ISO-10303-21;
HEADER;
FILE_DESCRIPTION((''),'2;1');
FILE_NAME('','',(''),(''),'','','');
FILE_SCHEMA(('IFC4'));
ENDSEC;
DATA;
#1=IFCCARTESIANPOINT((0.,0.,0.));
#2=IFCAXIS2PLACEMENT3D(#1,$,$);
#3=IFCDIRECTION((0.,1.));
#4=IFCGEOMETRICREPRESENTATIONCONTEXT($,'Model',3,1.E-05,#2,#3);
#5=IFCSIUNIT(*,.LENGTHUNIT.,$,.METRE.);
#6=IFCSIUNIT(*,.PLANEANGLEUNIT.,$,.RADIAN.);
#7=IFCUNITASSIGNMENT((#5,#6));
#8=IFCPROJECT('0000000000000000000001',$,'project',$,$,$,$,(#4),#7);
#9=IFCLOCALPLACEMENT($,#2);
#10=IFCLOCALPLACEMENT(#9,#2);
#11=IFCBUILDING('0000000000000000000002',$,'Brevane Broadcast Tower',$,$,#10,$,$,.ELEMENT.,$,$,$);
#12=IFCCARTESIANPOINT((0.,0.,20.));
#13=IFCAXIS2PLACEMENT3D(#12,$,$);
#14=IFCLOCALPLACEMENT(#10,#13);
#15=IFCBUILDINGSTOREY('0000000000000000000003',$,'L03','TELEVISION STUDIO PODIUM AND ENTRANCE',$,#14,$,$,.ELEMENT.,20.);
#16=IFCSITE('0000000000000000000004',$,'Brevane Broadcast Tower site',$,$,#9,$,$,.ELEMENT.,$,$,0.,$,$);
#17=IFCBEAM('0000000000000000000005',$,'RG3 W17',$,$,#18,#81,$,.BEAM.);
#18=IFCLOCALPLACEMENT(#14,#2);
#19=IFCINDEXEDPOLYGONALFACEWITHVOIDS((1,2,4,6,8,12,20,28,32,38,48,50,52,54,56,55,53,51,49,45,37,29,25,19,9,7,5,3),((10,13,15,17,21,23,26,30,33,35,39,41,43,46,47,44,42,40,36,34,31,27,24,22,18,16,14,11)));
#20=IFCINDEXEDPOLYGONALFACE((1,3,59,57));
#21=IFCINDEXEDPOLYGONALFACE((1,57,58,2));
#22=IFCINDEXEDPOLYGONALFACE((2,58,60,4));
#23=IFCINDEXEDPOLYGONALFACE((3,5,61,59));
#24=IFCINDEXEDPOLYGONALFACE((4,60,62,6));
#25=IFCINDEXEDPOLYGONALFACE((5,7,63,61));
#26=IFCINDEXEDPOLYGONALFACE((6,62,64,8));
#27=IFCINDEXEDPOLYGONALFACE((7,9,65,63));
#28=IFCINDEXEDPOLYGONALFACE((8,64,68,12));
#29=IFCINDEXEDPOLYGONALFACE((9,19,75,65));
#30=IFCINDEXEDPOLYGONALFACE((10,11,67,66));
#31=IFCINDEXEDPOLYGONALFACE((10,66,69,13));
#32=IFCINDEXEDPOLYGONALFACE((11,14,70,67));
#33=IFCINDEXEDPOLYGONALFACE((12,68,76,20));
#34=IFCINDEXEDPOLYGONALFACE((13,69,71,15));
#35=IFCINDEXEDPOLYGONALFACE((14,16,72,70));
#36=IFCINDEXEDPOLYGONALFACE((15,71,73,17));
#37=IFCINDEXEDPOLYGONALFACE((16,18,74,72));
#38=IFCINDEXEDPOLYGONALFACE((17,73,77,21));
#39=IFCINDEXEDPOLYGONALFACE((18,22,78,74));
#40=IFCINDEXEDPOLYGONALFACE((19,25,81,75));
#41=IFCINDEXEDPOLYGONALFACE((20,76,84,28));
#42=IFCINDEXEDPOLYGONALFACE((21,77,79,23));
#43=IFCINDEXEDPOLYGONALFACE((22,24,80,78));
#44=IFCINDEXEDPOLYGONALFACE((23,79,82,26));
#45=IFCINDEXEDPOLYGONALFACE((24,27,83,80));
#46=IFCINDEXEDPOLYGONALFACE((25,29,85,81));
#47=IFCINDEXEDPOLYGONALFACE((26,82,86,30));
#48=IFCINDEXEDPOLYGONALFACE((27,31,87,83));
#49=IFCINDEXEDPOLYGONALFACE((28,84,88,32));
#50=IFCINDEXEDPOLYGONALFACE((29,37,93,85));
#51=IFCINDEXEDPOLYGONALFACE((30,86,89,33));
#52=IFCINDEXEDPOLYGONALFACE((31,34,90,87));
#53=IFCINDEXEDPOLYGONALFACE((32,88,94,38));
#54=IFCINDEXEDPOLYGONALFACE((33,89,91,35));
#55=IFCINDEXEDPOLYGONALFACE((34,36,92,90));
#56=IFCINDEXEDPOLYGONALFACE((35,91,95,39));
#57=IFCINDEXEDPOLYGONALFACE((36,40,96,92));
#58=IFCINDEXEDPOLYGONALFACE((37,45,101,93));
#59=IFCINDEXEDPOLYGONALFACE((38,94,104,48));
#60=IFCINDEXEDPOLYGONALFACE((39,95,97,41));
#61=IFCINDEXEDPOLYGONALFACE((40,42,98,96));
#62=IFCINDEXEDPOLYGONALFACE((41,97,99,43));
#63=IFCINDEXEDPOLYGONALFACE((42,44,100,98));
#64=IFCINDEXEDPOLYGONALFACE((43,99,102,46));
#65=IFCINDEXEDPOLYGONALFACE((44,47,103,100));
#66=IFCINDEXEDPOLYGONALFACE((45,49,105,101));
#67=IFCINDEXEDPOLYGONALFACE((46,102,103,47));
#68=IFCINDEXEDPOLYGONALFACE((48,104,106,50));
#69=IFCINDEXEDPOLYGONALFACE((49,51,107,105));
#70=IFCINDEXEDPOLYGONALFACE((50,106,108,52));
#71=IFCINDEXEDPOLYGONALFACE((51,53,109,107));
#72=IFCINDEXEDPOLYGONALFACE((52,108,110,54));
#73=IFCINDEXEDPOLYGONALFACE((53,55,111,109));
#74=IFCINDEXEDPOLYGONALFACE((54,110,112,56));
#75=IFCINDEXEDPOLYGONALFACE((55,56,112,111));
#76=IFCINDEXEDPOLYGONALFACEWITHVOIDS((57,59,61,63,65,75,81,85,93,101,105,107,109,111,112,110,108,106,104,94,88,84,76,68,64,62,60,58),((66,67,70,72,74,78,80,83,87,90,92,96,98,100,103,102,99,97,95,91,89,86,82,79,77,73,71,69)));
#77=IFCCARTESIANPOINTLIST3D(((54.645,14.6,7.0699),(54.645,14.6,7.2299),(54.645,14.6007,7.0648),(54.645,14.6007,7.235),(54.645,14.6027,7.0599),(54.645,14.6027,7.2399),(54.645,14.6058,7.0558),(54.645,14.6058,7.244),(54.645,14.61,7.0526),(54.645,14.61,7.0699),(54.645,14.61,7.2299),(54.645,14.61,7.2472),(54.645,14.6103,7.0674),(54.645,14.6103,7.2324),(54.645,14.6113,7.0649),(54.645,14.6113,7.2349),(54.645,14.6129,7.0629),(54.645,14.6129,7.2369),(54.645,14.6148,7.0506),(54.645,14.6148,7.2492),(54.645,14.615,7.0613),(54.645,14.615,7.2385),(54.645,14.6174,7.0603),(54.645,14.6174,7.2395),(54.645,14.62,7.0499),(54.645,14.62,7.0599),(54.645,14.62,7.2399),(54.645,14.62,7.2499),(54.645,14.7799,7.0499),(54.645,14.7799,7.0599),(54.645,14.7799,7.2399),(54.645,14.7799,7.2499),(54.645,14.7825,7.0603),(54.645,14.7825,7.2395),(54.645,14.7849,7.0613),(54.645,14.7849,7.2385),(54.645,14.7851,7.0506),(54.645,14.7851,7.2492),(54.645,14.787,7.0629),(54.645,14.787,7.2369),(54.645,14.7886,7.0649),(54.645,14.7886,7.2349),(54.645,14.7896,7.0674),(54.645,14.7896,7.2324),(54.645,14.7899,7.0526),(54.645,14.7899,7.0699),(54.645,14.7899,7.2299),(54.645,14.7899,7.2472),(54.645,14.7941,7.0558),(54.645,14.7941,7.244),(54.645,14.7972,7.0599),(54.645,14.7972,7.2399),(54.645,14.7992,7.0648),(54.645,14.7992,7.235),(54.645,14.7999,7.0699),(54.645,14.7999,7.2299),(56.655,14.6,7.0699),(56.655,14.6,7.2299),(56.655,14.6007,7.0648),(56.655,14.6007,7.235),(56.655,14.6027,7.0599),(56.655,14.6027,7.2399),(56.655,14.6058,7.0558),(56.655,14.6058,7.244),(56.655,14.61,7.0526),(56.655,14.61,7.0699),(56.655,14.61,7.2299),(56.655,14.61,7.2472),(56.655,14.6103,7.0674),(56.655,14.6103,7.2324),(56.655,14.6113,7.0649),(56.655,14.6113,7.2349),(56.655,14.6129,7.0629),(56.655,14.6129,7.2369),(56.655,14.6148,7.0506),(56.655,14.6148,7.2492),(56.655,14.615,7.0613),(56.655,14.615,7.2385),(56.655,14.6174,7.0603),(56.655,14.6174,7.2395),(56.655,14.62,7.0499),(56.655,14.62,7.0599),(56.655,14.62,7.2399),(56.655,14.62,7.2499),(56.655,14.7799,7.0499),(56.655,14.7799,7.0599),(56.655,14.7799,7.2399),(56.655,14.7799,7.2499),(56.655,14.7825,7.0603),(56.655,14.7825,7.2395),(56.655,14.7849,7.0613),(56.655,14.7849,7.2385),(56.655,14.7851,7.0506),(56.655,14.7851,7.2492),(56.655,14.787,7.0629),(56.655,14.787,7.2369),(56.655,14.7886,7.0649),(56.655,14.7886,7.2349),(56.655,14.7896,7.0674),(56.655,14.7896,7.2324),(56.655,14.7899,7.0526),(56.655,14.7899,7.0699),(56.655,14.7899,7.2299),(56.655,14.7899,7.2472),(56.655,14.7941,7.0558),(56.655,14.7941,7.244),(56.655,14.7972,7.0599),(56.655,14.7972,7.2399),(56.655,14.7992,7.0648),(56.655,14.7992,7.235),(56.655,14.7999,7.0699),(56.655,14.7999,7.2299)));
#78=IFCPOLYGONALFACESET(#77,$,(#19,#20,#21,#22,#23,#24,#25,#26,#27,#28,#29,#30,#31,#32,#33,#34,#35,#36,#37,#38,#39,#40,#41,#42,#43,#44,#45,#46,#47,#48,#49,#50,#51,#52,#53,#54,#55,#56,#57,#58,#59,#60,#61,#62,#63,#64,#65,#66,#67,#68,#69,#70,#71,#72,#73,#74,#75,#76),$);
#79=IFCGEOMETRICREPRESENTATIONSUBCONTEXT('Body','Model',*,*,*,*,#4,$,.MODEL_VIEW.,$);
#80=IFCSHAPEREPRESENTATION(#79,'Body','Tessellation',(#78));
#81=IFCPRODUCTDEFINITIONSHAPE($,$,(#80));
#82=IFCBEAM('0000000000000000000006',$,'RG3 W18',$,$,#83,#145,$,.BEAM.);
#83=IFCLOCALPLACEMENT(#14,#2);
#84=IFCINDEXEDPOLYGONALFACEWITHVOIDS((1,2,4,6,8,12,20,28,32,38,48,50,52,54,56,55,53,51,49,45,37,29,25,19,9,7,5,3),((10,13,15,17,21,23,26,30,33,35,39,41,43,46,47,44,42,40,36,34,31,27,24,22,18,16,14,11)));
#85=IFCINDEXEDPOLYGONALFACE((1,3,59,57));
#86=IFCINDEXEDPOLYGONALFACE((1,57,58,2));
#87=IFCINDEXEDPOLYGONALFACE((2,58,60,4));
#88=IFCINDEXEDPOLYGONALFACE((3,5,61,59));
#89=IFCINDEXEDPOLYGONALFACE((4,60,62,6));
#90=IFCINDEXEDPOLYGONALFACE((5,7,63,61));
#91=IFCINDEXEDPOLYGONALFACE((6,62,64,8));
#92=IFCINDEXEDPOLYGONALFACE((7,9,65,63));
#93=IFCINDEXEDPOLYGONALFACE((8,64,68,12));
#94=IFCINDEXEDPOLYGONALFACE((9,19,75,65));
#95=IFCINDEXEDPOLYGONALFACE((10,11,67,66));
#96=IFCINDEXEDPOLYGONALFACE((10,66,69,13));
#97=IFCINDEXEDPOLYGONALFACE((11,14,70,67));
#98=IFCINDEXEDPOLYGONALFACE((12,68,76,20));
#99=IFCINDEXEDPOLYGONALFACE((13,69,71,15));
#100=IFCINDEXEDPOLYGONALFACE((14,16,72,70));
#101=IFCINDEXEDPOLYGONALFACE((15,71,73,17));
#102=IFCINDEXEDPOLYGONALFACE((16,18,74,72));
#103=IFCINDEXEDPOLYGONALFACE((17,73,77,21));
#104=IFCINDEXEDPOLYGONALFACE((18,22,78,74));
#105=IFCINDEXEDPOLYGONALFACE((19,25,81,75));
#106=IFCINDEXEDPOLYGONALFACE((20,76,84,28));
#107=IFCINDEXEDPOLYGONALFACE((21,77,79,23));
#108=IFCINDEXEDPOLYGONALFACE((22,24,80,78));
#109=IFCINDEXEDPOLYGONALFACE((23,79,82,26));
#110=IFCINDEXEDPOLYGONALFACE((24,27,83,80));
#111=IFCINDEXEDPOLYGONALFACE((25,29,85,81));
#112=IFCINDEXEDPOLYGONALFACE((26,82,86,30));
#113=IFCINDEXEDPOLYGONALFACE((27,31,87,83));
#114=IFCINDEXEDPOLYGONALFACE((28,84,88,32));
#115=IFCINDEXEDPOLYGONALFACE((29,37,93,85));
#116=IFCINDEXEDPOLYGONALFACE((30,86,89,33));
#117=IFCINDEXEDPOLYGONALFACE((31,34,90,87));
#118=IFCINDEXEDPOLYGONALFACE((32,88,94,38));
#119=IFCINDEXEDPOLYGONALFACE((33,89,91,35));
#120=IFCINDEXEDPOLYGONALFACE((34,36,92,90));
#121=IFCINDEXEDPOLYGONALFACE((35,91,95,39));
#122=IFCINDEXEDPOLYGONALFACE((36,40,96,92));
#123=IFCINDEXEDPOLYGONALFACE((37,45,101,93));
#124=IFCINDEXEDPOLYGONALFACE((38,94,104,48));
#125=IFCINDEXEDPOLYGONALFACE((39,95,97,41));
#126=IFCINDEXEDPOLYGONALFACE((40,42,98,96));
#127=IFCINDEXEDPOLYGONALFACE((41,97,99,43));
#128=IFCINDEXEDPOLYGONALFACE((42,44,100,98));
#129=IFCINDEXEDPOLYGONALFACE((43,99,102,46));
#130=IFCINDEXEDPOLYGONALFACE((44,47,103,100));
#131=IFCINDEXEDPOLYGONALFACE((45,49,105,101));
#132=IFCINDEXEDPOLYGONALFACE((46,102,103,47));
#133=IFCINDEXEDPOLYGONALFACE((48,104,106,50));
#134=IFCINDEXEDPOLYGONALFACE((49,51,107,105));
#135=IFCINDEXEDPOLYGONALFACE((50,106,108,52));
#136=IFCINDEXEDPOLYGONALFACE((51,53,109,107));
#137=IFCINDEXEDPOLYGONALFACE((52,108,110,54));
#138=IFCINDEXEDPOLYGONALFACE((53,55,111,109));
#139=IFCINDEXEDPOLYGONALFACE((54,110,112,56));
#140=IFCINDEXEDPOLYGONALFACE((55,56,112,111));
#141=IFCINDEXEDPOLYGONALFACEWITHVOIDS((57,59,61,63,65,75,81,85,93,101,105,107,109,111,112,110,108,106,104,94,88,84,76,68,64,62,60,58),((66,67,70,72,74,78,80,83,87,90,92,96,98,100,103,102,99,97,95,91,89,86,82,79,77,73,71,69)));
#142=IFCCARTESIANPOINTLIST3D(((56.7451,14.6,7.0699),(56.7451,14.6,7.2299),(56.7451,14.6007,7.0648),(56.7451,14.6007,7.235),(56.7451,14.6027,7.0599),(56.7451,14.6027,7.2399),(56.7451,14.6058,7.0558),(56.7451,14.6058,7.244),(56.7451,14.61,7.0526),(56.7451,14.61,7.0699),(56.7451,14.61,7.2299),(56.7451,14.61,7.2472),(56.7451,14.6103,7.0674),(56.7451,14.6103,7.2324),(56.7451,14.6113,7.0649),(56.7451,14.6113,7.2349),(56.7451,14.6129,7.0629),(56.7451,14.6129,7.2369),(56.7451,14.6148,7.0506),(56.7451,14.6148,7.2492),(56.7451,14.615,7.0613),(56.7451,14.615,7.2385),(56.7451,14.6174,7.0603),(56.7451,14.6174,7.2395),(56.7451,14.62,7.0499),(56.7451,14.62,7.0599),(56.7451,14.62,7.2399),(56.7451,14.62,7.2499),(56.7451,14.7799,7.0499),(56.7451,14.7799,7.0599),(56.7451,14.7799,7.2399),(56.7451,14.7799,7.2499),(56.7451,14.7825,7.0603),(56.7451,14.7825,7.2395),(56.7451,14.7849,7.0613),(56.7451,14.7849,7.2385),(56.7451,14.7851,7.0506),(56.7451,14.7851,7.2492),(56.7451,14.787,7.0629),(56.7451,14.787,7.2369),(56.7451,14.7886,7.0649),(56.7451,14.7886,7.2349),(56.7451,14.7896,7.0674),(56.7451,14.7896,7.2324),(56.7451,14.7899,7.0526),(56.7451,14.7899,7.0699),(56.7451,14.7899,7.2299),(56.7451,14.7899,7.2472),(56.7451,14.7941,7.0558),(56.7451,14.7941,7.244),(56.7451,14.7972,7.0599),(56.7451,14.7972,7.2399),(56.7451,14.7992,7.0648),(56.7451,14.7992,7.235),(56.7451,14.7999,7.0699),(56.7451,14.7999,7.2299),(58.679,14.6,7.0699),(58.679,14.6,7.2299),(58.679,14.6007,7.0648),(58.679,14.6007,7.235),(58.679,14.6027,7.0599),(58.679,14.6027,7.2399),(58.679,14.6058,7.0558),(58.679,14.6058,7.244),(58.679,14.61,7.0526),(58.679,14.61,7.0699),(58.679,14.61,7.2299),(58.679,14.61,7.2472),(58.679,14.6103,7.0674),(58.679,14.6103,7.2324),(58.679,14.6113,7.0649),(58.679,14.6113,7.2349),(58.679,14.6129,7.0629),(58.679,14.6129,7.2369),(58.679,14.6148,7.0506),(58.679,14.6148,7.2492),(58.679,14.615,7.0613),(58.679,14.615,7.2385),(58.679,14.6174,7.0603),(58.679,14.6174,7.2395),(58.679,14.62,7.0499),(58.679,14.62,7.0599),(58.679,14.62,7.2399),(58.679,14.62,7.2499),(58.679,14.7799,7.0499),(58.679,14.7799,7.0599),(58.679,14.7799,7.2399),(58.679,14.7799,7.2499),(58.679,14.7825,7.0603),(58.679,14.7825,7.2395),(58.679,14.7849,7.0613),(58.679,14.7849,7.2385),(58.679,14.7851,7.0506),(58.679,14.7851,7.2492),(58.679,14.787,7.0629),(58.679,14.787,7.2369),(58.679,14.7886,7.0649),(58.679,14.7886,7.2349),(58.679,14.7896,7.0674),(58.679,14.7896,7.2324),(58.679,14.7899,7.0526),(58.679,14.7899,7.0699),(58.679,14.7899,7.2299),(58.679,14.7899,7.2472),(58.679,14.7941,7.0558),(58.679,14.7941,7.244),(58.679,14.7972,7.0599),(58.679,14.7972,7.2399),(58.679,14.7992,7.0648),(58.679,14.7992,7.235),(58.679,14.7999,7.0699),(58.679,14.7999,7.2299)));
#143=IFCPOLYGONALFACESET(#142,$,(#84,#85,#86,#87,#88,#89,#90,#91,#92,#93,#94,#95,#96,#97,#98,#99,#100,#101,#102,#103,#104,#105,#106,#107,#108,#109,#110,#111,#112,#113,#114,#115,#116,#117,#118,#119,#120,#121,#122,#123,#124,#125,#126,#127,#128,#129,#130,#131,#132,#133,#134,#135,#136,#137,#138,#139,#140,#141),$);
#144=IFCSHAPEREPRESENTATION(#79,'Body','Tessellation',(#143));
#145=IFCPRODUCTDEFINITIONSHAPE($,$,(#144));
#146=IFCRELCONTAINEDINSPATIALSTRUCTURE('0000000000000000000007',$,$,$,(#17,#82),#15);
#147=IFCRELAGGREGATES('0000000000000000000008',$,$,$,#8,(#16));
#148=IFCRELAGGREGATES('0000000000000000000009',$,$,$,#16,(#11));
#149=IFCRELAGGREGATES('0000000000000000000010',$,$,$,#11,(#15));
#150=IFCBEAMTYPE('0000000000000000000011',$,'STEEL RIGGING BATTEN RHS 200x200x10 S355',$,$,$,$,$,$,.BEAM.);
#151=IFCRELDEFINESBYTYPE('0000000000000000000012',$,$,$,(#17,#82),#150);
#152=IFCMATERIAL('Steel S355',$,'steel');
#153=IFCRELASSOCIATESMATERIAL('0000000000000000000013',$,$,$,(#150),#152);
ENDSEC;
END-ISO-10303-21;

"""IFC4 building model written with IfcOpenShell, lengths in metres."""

from ifc_helpers import new_model, si_unit, direction, frame, origin, origin_2d, place, context, subcontext, project, spatial, hollow_rectangle, extrude, material, material_profile, profile_set, type_object, element, save


model = new_model("IFC4")

# Units and contexts
model_context = context("Model", 3, precision=1e-05, world=origin(), true_north=direction((0.0, 1.0)))
body_context = subcontext(model_context, "Body", "Model", "MODEL_VIEW")
ifc_project = project(units=[si_unit("LENGTHUNIT", "METRE"), si_unit("PLANEANGLEUNIT", "RADIAN")], contexts=[model_context])

# Site, building, storey
site_placement = place(None, origin())
site = spatial("IfcSite", under=ifc_project, at=site_placement, Name="Brevane Broadcast Tower site", CompositionType="ELEMENT", RefElevation=0.0)
building_placement = place(site_placement, origin())
building = spatial("IfcBuilding", under=site, at=building_placement, Name="Brevane Broadcast Tower", CompositionType="ELEMENT")
storey_placement = place(building_placement, frame((0.0, 0.0, 20.0)))
storey = spatial("IfcBuildingStorey", under=building, at=storey_placement, Name="L03", Description="TELEVISION STUDIO PODIUM AND ENTRANCE", CompositionType="ELEMENT", Elevation=20.0)

# Beams
ifc_material_1 = material(Name="Steel S355", Category="steel")
ifc_material_profile_1 = material_profile(ifc_material_1, hollow_rectangle(XDim=0.2, YDim=0.2, WallThickness=0.01, InnerFilletRadius=0.01, OuterFilletRadius=0.02, at=origin_2d()), Name="RHS 200x200x10")
ifc_profile_set_1 = profile_set([ifc_material_profile_1], Name="Steel S355")
beam_type_1 = type_object("IfcBeamType", Name="STEEL RIGGING BATTEN RHS 200x200x10 S355", PredefinedType="BEAM", material=ifc_profile_set_1)
beam_1_placement = place(storey_placement, frame((54.645, 14.7, 7.1499), z_axis=(1.0, 0.0, 0.0), x_axis=(0.0, 1.0, 0.0)))
element("IfcBeam", 1, at=beam_1_placement, inside=storey, type_object=beam_type_1, Name="RG3 W17", PredefinedType="BEAM", context=body_context, shape_type="SweptSolid", body=[
    extrude(hollow_rectangle(XDim=0.2, YDim=0.2, WallThickness=0.01, InnerFilletRadius=0.01, OuterFilletRadius=0.02, at=origin_2d()), origin(), (0.0, 0.0, 1.0), 2.01),
])
beam_2_placement = place(storey_placement, frame((56.7451, 14.7, 7.1499), z_axis=(1.0, 0.0, 0.0), x_axis=(0.0, 1.0, 0.0)))
element("IfcBeam", 2, at=beam_2_placement, inside=storey, type_object=beam_type_1, Name="RG3 W18", PredefinedType="BEAM", context=body_context, shape_type="SweptSolid", body=[
    extrude(hollow_rectangle(XDim=0.2, YDim=0.2, WallThickness=0.01, InnerFilletRadius=0.01, OuterFilletRadius=0.02, at=origin_2d()), origin(), (0.0, 0.0, 1.0), 1.9338),
])

save(model, "model.ifc")
